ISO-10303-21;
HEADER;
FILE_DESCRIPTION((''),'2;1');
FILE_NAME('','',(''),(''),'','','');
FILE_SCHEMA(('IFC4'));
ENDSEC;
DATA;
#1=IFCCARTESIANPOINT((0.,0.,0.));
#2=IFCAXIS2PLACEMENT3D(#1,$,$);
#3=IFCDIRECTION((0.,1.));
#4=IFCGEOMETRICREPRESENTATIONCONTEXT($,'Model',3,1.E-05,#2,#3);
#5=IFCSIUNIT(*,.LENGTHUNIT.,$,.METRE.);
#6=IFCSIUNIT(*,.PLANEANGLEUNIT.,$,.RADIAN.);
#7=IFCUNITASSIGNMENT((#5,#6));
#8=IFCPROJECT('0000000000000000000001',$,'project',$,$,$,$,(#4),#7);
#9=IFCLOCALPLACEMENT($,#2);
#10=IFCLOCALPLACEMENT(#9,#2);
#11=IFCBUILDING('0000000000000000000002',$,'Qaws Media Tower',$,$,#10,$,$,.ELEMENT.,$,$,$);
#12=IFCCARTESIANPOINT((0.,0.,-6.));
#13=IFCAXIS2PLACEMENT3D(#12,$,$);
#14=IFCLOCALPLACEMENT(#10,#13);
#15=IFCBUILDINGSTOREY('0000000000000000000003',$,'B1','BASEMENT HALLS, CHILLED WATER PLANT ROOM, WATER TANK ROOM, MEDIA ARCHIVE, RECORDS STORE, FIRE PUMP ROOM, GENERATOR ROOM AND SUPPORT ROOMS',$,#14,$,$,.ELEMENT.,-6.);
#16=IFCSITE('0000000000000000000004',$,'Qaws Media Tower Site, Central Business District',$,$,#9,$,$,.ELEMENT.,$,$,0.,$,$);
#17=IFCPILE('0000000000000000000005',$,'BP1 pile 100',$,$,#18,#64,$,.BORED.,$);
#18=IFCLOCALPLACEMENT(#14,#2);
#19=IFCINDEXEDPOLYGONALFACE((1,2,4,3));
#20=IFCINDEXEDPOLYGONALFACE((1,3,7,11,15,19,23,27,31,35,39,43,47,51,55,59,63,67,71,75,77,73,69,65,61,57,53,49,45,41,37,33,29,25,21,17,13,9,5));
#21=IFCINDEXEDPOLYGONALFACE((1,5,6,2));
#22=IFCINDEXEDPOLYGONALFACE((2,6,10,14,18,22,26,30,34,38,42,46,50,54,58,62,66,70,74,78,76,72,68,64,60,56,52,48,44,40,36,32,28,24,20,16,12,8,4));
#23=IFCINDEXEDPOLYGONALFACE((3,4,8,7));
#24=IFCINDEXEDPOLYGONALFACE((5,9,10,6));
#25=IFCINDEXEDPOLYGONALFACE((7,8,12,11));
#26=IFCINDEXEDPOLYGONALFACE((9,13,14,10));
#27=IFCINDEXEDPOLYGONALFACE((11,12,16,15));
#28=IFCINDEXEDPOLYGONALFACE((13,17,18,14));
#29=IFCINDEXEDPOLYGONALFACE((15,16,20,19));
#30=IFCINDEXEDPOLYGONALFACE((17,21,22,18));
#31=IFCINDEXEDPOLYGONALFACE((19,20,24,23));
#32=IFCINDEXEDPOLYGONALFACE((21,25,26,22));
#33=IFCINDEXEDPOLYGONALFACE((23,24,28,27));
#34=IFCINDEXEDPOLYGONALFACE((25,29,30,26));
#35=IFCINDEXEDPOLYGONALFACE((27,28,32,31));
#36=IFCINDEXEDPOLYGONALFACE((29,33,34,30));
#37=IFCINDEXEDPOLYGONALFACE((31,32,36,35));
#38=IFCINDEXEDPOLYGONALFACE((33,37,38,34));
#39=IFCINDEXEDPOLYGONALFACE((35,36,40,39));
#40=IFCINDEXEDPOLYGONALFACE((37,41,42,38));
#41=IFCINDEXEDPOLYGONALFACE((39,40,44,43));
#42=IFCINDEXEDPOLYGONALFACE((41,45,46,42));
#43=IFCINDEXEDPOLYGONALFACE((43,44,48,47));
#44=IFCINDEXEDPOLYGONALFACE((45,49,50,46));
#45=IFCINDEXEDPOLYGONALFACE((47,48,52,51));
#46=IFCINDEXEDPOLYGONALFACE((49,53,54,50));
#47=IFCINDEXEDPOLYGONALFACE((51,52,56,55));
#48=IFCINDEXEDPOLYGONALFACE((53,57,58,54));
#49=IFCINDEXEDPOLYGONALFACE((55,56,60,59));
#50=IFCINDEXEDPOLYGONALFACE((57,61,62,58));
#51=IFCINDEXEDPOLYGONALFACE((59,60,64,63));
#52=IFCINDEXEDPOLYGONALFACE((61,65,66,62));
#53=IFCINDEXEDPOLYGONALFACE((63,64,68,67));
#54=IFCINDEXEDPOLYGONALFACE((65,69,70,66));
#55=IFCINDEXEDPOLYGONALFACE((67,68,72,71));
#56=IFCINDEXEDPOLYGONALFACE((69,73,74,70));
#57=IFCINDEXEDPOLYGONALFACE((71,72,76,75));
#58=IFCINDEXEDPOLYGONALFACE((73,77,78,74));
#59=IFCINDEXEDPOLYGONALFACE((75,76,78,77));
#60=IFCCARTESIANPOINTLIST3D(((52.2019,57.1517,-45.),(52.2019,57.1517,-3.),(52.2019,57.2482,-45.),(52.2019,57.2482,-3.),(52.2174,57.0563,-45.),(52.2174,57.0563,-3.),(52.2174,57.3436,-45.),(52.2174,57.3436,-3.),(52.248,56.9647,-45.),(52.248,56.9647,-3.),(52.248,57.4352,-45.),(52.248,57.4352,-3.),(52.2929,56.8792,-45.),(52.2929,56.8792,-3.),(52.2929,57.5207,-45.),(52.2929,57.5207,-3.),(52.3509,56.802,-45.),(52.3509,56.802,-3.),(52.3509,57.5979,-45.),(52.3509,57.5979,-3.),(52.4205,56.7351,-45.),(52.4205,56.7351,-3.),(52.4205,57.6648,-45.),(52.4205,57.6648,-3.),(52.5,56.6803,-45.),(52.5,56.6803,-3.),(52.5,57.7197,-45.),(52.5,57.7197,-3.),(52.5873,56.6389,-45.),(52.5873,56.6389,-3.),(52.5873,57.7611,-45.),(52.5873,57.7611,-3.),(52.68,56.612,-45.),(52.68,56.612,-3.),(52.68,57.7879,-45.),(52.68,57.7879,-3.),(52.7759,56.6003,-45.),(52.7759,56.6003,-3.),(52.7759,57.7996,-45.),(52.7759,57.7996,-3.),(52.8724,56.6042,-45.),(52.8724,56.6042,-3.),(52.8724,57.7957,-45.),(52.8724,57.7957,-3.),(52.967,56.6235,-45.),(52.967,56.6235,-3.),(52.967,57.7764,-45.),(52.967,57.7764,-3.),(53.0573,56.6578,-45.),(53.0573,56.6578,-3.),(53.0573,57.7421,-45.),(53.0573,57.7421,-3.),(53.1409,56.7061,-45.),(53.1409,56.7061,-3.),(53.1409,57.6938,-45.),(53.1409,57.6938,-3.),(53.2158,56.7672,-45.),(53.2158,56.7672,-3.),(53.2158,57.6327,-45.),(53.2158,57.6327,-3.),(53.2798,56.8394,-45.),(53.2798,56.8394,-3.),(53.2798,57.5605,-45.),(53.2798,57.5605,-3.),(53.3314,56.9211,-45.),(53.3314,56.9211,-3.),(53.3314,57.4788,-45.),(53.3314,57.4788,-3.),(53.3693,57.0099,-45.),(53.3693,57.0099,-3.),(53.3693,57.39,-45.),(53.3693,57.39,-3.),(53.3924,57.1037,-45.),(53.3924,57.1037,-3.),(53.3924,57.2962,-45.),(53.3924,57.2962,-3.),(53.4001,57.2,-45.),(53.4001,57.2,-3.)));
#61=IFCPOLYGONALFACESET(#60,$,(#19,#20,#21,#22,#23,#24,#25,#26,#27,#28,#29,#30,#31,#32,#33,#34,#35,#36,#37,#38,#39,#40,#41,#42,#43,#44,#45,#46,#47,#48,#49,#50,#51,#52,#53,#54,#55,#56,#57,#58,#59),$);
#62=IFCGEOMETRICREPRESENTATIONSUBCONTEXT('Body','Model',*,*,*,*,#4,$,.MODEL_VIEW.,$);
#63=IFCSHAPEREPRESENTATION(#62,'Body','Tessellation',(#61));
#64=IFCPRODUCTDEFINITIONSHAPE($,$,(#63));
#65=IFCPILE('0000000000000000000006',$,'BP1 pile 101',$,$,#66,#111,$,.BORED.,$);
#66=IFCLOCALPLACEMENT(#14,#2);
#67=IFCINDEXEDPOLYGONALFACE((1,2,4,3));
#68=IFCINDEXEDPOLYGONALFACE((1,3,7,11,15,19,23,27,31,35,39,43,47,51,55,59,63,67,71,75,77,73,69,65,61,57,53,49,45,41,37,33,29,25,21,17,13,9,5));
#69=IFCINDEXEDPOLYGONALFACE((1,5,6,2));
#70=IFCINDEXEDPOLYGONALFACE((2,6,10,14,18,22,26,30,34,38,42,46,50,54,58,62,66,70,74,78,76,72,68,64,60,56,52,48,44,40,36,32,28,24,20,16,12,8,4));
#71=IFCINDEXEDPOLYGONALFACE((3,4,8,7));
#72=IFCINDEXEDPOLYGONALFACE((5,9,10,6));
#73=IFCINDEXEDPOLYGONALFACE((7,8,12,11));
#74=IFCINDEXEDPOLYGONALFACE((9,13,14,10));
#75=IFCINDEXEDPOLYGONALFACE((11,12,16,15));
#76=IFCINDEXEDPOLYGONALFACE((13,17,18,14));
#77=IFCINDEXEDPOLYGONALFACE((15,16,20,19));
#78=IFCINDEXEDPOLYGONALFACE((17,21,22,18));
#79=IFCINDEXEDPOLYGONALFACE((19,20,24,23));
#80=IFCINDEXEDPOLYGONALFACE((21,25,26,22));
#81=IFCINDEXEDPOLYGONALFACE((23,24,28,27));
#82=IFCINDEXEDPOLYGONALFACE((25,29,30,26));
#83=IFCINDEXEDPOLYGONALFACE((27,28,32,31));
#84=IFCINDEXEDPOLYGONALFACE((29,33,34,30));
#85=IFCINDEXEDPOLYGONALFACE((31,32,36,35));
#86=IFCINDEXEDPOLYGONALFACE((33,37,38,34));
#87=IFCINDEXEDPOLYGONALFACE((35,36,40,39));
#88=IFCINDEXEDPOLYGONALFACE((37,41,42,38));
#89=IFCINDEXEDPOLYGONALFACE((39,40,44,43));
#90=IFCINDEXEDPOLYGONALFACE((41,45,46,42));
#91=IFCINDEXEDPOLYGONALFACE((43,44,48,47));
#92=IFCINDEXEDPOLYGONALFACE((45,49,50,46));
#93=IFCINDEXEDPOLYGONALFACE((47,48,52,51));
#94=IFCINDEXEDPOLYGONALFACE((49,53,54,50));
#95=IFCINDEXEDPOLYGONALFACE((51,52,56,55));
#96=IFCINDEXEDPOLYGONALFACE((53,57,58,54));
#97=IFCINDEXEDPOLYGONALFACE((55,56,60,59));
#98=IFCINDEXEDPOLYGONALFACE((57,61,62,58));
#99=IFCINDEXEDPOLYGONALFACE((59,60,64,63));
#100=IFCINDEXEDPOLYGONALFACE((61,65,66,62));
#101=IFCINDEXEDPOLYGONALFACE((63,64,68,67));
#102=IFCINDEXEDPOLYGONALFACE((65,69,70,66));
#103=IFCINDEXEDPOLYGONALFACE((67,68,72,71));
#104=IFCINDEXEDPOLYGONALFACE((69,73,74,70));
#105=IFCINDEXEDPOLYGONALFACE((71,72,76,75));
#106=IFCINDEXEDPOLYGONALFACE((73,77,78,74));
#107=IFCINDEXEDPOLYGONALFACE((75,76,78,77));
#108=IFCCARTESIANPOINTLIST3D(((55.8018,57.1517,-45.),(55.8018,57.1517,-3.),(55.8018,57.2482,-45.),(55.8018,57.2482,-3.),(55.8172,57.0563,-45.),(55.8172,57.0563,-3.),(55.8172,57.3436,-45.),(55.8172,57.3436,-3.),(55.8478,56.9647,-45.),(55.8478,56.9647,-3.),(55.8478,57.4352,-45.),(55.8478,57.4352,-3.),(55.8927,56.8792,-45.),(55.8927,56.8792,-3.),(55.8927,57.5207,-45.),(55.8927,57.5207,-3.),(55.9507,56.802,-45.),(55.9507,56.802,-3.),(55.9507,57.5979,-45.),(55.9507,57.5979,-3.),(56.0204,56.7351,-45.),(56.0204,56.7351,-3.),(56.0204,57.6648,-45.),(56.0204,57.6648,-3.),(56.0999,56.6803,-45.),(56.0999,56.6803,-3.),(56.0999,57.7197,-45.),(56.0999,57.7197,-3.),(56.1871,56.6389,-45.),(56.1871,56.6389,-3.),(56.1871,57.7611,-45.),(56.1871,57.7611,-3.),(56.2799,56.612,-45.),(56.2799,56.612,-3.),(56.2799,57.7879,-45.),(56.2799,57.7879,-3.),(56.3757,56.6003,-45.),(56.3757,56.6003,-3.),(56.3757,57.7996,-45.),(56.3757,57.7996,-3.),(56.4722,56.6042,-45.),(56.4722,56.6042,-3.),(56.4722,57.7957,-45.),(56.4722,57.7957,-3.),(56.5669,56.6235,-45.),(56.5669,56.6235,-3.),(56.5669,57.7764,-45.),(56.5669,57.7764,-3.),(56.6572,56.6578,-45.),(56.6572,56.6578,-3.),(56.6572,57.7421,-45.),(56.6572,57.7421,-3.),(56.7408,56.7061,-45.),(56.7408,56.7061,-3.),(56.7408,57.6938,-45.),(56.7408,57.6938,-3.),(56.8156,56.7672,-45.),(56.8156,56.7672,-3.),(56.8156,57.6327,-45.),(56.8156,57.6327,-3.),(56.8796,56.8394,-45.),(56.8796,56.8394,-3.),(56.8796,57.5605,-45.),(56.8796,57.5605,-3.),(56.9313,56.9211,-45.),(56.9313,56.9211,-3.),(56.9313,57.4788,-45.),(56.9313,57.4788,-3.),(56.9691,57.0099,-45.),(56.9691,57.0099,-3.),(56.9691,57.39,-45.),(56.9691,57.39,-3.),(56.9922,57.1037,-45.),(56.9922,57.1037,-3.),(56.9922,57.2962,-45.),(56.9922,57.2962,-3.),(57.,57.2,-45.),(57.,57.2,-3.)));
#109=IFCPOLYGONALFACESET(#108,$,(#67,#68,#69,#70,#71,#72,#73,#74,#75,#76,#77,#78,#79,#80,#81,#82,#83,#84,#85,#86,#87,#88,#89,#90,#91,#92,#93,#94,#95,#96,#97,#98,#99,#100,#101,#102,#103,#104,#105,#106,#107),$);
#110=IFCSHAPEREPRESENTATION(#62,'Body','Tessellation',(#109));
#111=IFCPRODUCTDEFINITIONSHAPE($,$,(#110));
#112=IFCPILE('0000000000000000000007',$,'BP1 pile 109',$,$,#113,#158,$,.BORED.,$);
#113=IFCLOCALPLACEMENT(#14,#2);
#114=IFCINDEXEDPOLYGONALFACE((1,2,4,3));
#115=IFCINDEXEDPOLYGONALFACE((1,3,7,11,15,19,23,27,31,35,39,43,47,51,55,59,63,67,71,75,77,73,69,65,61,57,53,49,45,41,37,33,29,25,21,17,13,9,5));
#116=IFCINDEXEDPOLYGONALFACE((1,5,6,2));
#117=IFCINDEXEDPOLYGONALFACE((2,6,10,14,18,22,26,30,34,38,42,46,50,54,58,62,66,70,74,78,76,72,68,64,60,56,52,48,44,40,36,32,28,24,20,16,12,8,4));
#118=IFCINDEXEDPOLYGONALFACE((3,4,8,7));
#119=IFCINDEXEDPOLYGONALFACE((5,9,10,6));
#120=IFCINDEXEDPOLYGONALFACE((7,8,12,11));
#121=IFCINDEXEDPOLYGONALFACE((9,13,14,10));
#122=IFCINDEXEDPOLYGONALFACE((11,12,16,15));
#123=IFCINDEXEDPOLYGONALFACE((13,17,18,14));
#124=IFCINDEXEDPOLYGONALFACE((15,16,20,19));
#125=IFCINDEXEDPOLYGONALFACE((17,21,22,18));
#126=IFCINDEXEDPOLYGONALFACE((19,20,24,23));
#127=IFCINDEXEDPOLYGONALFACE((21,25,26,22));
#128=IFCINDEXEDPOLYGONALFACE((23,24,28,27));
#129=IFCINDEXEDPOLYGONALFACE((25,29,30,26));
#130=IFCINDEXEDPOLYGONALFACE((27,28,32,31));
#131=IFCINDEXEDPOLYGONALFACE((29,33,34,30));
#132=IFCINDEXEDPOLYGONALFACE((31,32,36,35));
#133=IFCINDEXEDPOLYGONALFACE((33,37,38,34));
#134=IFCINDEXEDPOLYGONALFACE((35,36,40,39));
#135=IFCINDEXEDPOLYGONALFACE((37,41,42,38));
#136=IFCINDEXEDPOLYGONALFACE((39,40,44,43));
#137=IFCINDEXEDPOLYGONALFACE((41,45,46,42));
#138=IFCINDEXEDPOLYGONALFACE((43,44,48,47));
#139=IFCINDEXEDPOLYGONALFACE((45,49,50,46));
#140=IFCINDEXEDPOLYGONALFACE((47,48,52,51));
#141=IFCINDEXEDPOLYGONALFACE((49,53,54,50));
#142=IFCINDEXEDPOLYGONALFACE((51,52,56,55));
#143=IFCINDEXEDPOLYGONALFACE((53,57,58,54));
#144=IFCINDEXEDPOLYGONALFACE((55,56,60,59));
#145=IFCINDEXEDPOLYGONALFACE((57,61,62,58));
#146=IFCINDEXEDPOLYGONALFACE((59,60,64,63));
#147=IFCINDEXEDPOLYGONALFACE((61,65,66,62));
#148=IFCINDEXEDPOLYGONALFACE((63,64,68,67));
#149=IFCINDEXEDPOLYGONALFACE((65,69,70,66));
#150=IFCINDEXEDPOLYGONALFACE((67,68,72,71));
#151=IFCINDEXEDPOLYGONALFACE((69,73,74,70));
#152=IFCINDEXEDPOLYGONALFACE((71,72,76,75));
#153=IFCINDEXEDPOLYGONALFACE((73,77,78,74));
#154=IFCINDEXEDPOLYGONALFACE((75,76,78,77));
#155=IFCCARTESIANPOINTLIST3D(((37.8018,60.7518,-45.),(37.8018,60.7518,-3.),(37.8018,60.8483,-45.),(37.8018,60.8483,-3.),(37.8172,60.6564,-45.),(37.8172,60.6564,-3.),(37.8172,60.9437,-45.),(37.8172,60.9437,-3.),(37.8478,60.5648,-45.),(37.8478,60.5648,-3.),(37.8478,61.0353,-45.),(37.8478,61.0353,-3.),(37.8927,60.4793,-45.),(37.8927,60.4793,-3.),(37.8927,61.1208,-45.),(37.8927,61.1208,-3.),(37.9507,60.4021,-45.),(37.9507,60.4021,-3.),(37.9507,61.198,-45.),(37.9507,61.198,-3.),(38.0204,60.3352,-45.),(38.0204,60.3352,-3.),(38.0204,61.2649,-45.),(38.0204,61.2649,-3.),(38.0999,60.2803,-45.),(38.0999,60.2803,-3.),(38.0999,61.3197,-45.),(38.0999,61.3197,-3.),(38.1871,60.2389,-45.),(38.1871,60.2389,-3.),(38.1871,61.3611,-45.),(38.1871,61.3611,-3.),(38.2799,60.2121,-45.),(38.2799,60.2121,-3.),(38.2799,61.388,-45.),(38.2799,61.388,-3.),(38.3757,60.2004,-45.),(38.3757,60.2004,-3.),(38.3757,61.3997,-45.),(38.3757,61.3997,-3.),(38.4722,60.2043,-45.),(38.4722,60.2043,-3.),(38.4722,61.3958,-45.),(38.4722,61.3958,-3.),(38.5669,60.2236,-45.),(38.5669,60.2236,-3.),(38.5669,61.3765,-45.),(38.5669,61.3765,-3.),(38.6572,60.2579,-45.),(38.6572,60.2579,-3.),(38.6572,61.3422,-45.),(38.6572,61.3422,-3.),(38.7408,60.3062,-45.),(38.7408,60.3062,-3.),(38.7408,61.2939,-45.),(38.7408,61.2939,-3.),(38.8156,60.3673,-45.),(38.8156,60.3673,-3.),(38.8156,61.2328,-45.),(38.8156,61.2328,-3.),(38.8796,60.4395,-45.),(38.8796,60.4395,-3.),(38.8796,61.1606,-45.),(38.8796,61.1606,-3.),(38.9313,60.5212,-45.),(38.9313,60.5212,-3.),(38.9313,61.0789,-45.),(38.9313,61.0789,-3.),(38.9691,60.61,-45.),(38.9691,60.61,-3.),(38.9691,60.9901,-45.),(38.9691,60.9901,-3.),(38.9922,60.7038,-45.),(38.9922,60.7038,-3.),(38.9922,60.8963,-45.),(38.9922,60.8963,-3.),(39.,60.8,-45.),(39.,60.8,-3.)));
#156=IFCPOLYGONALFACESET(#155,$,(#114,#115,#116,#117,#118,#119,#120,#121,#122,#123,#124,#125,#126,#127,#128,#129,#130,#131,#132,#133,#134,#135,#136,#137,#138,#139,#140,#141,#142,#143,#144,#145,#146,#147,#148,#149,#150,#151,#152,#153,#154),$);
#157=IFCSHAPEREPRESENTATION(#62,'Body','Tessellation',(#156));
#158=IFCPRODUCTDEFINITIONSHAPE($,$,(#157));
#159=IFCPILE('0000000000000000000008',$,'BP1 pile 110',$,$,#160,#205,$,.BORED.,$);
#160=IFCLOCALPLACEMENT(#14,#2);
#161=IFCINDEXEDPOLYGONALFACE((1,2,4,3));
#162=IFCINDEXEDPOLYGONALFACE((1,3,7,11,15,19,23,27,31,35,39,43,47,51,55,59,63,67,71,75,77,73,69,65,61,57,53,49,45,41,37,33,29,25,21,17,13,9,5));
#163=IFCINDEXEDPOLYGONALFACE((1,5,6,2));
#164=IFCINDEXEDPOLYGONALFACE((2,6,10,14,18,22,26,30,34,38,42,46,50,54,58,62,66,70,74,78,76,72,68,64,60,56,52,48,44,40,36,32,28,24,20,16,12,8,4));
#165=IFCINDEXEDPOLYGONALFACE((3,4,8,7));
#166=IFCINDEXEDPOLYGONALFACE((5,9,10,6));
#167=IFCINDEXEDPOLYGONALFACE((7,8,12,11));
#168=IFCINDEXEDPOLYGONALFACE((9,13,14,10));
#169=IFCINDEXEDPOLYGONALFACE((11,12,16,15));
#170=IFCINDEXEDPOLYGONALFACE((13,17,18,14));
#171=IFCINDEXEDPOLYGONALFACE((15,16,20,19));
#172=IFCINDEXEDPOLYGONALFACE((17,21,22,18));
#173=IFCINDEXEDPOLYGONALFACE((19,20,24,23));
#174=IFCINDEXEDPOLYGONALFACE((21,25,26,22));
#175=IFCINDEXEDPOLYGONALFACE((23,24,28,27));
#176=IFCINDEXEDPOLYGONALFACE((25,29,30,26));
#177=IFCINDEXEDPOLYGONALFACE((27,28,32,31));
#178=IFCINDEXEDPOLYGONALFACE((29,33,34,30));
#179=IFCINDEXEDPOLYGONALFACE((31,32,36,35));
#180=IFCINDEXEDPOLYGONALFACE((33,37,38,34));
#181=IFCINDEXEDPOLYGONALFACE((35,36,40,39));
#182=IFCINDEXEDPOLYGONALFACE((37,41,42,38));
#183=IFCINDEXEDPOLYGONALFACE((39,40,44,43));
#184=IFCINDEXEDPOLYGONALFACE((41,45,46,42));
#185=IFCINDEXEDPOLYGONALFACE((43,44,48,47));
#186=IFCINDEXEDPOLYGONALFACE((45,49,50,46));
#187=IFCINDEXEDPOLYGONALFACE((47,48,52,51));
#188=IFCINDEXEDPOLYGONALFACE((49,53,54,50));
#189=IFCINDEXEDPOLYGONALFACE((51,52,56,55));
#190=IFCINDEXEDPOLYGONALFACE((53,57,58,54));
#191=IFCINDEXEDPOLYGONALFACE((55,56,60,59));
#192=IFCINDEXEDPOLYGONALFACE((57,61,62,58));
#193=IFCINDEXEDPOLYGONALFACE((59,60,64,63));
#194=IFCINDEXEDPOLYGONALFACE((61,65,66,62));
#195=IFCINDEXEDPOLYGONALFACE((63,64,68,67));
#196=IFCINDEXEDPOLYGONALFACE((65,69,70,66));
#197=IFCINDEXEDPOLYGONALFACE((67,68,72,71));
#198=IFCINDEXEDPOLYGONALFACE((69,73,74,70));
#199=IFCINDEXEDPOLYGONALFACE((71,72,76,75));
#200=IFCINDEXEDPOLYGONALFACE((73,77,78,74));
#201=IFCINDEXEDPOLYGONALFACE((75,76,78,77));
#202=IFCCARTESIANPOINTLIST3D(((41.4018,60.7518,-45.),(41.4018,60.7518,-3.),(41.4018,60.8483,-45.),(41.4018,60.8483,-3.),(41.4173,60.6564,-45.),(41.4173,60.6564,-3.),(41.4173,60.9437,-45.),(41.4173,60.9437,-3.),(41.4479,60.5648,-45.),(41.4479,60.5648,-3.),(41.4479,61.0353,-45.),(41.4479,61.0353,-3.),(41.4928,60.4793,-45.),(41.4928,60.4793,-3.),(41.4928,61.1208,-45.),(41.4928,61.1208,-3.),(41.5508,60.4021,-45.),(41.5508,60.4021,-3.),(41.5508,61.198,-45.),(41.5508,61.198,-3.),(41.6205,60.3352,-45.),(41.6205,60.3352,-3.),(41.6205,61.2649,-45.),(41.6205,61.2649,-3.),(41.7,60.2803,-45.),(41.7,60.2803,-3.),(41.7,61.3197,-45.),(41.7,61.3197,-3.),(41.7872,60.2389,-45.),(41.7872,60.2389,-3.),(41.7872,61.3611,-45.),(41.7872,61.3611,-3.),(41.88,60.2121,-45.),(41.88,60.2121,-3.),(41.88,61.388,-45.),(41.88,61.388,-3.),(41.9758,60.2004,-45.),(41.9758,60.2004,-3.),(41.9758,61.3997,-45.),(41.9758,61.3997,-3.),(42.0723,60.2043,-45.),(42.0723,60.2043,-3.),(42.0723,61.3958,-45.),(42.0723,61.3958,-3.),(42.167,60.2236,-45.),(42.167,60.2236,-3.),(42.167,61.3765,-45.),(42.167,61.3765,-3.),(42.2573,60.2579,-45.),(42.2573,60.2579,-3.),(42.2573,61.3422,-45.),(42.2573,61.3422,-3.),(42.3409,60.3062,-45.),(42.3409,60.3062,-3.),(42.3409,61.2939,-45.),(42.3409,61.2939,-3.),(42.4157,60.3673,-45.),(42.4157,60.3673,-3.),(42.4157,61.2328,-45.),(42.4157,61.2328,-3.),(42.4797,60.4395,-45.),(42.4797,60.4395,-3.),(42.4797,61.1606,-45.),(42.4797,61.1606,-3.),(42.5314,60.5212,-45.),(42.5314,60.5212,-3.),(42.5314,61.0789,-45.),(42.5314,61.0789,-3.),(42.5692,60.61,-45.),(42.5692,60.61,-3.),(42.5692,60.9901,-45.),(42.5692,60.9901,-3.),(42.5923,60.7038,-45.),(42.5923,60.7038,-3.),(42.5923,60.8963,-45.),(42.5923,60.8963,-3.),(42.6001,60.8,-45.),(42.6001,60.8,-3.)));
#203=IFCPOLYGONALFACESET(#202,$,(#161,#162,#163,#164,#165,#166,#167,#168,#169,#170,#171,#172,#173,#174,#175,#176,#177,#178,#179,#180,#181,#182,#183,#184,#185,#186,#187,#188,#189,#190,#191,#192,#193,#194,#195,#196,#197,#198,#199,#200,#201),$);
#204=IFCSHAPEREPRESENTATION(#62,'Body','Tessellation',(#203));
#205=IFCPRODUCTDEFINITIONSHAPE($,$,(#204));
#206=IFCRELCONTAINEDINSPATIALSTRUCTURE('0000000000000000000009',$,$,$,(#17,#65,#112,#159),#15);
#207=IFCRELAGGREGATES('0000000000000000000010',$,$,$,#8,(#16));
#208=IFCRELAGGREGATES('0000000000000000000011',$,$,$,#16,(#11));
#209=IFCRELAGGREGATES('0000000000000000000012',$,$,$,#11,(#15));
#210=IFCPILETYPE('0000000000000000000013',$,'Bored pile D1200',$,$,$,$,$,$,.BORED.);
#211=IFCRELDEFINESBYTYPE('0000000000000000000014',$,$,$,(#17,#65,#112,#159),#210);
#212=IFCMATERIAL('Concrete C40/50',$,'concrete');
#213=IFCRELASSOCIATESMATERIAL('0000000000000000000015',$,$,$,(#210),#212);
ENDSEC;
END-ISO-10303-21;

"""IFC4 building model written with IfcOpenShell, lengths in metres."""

from ifc_helpers import new_model, si_unit, direction, frame, origin, origin_2d, place, context, subcontext, project, spatial, circle, extrude, material, material_profile, profile_set, type_object, element, save


model = new_model("IFC4")

# Units and contexts
model_context = context("Model", 3, precision=1e-05, world=origin(), true_north=direction((0.0, 1.0)))
body_context = subcontext(model_context, "Body", "Model", "MODEL_VIEW")
ifc_project = project(units=[si_unit("LENGTHUNIT", "METRE"), si_unit("PLANEANGLEUNIT", "RADIAN")], contexts=[model_context])

# Site, building, storey
site_placement = place(None, origin())
site = spatial("IfcSite", under=ifc_project, at=site_placement, Name="Qaws Media Tower Site, Central Business District", CompositionType="ELEMENT", RefElevation=0.0)
building_placement = place(site_placement, origin())
building = spatial("IfcBuilding", under=site, at=building_placement, Name="Qaws Media Tower", CompositionType="ELEMENT")
storey_placement = place(building_placement, frame((0.0, 0.0, -6.0)))
storey = spatial("IfcBuildingStorey", under=building, at=storey_placement, Name="B1", Description="BASEMENT HALLS, CHILLED WATER PLANT ROOM, WATER TANK ROOM, MEDIA ARCHIVE, RECORDS STORE, FIRE PUMP ROOM, GENERATOR ROOM AND SUPPORT ROOMS", CompositionType="ELEMENT", Elevation=-6.0)

# Piles
ifc_material_1 = material(Name="Concrete C40/50", Category="concrete")
ifc_material_profile_1 = material_profile(ifc_material_1, circle(Radius=0.6001, at=origin_2d()), Name="D1200")
ifc_profile_set_1 = profile_set([ifc_material_profile_1], Name="Concrete C40/50")
pile_type = type_object("IfcPileType", Name="Bored pile D1200", PredefinedType="BORED", material=ifc_profile_set_1)
for number, where, z_axis, x_axis, name in (
    (1, (52.8, 57.2, -3.0), (0.0, 0.0, -1.0), (1.0, 0.0, 0.0), "BP1 pile 100"),
    (2, (56.3999, 57.2, -3.0), (0.0, 0.0, -1.0), (1.0, 0.0, 0.0), "BP1 pile 101"),
    (3, (38.3999, 60.8, -3.0), (0.0, 0.0, -1.0), (1.0, 0.0, 0.0), "BP1 pile 109"),
    (4, (42.0, 60.8, -3.0), (0.0, 0.0, -1.0), (1.0, 0.0, 0.0), "BP1 pile 110"),
):
    element("IfcPile", number, at=place(storey_placement, frame(where, z_axis=z_axis, x_axis=x_axis)), inside=storey, type_object=pile_type, Name=name, PredefinedType="BORED", context=body_context, shape_type="SweptSolid", body=[
        extrude(circle(Radius=0.6001, at=origin_2d()), origin(), (0.0, 0.0, 1.0), 42.0),
    ])

save(model, "model.ifc")
